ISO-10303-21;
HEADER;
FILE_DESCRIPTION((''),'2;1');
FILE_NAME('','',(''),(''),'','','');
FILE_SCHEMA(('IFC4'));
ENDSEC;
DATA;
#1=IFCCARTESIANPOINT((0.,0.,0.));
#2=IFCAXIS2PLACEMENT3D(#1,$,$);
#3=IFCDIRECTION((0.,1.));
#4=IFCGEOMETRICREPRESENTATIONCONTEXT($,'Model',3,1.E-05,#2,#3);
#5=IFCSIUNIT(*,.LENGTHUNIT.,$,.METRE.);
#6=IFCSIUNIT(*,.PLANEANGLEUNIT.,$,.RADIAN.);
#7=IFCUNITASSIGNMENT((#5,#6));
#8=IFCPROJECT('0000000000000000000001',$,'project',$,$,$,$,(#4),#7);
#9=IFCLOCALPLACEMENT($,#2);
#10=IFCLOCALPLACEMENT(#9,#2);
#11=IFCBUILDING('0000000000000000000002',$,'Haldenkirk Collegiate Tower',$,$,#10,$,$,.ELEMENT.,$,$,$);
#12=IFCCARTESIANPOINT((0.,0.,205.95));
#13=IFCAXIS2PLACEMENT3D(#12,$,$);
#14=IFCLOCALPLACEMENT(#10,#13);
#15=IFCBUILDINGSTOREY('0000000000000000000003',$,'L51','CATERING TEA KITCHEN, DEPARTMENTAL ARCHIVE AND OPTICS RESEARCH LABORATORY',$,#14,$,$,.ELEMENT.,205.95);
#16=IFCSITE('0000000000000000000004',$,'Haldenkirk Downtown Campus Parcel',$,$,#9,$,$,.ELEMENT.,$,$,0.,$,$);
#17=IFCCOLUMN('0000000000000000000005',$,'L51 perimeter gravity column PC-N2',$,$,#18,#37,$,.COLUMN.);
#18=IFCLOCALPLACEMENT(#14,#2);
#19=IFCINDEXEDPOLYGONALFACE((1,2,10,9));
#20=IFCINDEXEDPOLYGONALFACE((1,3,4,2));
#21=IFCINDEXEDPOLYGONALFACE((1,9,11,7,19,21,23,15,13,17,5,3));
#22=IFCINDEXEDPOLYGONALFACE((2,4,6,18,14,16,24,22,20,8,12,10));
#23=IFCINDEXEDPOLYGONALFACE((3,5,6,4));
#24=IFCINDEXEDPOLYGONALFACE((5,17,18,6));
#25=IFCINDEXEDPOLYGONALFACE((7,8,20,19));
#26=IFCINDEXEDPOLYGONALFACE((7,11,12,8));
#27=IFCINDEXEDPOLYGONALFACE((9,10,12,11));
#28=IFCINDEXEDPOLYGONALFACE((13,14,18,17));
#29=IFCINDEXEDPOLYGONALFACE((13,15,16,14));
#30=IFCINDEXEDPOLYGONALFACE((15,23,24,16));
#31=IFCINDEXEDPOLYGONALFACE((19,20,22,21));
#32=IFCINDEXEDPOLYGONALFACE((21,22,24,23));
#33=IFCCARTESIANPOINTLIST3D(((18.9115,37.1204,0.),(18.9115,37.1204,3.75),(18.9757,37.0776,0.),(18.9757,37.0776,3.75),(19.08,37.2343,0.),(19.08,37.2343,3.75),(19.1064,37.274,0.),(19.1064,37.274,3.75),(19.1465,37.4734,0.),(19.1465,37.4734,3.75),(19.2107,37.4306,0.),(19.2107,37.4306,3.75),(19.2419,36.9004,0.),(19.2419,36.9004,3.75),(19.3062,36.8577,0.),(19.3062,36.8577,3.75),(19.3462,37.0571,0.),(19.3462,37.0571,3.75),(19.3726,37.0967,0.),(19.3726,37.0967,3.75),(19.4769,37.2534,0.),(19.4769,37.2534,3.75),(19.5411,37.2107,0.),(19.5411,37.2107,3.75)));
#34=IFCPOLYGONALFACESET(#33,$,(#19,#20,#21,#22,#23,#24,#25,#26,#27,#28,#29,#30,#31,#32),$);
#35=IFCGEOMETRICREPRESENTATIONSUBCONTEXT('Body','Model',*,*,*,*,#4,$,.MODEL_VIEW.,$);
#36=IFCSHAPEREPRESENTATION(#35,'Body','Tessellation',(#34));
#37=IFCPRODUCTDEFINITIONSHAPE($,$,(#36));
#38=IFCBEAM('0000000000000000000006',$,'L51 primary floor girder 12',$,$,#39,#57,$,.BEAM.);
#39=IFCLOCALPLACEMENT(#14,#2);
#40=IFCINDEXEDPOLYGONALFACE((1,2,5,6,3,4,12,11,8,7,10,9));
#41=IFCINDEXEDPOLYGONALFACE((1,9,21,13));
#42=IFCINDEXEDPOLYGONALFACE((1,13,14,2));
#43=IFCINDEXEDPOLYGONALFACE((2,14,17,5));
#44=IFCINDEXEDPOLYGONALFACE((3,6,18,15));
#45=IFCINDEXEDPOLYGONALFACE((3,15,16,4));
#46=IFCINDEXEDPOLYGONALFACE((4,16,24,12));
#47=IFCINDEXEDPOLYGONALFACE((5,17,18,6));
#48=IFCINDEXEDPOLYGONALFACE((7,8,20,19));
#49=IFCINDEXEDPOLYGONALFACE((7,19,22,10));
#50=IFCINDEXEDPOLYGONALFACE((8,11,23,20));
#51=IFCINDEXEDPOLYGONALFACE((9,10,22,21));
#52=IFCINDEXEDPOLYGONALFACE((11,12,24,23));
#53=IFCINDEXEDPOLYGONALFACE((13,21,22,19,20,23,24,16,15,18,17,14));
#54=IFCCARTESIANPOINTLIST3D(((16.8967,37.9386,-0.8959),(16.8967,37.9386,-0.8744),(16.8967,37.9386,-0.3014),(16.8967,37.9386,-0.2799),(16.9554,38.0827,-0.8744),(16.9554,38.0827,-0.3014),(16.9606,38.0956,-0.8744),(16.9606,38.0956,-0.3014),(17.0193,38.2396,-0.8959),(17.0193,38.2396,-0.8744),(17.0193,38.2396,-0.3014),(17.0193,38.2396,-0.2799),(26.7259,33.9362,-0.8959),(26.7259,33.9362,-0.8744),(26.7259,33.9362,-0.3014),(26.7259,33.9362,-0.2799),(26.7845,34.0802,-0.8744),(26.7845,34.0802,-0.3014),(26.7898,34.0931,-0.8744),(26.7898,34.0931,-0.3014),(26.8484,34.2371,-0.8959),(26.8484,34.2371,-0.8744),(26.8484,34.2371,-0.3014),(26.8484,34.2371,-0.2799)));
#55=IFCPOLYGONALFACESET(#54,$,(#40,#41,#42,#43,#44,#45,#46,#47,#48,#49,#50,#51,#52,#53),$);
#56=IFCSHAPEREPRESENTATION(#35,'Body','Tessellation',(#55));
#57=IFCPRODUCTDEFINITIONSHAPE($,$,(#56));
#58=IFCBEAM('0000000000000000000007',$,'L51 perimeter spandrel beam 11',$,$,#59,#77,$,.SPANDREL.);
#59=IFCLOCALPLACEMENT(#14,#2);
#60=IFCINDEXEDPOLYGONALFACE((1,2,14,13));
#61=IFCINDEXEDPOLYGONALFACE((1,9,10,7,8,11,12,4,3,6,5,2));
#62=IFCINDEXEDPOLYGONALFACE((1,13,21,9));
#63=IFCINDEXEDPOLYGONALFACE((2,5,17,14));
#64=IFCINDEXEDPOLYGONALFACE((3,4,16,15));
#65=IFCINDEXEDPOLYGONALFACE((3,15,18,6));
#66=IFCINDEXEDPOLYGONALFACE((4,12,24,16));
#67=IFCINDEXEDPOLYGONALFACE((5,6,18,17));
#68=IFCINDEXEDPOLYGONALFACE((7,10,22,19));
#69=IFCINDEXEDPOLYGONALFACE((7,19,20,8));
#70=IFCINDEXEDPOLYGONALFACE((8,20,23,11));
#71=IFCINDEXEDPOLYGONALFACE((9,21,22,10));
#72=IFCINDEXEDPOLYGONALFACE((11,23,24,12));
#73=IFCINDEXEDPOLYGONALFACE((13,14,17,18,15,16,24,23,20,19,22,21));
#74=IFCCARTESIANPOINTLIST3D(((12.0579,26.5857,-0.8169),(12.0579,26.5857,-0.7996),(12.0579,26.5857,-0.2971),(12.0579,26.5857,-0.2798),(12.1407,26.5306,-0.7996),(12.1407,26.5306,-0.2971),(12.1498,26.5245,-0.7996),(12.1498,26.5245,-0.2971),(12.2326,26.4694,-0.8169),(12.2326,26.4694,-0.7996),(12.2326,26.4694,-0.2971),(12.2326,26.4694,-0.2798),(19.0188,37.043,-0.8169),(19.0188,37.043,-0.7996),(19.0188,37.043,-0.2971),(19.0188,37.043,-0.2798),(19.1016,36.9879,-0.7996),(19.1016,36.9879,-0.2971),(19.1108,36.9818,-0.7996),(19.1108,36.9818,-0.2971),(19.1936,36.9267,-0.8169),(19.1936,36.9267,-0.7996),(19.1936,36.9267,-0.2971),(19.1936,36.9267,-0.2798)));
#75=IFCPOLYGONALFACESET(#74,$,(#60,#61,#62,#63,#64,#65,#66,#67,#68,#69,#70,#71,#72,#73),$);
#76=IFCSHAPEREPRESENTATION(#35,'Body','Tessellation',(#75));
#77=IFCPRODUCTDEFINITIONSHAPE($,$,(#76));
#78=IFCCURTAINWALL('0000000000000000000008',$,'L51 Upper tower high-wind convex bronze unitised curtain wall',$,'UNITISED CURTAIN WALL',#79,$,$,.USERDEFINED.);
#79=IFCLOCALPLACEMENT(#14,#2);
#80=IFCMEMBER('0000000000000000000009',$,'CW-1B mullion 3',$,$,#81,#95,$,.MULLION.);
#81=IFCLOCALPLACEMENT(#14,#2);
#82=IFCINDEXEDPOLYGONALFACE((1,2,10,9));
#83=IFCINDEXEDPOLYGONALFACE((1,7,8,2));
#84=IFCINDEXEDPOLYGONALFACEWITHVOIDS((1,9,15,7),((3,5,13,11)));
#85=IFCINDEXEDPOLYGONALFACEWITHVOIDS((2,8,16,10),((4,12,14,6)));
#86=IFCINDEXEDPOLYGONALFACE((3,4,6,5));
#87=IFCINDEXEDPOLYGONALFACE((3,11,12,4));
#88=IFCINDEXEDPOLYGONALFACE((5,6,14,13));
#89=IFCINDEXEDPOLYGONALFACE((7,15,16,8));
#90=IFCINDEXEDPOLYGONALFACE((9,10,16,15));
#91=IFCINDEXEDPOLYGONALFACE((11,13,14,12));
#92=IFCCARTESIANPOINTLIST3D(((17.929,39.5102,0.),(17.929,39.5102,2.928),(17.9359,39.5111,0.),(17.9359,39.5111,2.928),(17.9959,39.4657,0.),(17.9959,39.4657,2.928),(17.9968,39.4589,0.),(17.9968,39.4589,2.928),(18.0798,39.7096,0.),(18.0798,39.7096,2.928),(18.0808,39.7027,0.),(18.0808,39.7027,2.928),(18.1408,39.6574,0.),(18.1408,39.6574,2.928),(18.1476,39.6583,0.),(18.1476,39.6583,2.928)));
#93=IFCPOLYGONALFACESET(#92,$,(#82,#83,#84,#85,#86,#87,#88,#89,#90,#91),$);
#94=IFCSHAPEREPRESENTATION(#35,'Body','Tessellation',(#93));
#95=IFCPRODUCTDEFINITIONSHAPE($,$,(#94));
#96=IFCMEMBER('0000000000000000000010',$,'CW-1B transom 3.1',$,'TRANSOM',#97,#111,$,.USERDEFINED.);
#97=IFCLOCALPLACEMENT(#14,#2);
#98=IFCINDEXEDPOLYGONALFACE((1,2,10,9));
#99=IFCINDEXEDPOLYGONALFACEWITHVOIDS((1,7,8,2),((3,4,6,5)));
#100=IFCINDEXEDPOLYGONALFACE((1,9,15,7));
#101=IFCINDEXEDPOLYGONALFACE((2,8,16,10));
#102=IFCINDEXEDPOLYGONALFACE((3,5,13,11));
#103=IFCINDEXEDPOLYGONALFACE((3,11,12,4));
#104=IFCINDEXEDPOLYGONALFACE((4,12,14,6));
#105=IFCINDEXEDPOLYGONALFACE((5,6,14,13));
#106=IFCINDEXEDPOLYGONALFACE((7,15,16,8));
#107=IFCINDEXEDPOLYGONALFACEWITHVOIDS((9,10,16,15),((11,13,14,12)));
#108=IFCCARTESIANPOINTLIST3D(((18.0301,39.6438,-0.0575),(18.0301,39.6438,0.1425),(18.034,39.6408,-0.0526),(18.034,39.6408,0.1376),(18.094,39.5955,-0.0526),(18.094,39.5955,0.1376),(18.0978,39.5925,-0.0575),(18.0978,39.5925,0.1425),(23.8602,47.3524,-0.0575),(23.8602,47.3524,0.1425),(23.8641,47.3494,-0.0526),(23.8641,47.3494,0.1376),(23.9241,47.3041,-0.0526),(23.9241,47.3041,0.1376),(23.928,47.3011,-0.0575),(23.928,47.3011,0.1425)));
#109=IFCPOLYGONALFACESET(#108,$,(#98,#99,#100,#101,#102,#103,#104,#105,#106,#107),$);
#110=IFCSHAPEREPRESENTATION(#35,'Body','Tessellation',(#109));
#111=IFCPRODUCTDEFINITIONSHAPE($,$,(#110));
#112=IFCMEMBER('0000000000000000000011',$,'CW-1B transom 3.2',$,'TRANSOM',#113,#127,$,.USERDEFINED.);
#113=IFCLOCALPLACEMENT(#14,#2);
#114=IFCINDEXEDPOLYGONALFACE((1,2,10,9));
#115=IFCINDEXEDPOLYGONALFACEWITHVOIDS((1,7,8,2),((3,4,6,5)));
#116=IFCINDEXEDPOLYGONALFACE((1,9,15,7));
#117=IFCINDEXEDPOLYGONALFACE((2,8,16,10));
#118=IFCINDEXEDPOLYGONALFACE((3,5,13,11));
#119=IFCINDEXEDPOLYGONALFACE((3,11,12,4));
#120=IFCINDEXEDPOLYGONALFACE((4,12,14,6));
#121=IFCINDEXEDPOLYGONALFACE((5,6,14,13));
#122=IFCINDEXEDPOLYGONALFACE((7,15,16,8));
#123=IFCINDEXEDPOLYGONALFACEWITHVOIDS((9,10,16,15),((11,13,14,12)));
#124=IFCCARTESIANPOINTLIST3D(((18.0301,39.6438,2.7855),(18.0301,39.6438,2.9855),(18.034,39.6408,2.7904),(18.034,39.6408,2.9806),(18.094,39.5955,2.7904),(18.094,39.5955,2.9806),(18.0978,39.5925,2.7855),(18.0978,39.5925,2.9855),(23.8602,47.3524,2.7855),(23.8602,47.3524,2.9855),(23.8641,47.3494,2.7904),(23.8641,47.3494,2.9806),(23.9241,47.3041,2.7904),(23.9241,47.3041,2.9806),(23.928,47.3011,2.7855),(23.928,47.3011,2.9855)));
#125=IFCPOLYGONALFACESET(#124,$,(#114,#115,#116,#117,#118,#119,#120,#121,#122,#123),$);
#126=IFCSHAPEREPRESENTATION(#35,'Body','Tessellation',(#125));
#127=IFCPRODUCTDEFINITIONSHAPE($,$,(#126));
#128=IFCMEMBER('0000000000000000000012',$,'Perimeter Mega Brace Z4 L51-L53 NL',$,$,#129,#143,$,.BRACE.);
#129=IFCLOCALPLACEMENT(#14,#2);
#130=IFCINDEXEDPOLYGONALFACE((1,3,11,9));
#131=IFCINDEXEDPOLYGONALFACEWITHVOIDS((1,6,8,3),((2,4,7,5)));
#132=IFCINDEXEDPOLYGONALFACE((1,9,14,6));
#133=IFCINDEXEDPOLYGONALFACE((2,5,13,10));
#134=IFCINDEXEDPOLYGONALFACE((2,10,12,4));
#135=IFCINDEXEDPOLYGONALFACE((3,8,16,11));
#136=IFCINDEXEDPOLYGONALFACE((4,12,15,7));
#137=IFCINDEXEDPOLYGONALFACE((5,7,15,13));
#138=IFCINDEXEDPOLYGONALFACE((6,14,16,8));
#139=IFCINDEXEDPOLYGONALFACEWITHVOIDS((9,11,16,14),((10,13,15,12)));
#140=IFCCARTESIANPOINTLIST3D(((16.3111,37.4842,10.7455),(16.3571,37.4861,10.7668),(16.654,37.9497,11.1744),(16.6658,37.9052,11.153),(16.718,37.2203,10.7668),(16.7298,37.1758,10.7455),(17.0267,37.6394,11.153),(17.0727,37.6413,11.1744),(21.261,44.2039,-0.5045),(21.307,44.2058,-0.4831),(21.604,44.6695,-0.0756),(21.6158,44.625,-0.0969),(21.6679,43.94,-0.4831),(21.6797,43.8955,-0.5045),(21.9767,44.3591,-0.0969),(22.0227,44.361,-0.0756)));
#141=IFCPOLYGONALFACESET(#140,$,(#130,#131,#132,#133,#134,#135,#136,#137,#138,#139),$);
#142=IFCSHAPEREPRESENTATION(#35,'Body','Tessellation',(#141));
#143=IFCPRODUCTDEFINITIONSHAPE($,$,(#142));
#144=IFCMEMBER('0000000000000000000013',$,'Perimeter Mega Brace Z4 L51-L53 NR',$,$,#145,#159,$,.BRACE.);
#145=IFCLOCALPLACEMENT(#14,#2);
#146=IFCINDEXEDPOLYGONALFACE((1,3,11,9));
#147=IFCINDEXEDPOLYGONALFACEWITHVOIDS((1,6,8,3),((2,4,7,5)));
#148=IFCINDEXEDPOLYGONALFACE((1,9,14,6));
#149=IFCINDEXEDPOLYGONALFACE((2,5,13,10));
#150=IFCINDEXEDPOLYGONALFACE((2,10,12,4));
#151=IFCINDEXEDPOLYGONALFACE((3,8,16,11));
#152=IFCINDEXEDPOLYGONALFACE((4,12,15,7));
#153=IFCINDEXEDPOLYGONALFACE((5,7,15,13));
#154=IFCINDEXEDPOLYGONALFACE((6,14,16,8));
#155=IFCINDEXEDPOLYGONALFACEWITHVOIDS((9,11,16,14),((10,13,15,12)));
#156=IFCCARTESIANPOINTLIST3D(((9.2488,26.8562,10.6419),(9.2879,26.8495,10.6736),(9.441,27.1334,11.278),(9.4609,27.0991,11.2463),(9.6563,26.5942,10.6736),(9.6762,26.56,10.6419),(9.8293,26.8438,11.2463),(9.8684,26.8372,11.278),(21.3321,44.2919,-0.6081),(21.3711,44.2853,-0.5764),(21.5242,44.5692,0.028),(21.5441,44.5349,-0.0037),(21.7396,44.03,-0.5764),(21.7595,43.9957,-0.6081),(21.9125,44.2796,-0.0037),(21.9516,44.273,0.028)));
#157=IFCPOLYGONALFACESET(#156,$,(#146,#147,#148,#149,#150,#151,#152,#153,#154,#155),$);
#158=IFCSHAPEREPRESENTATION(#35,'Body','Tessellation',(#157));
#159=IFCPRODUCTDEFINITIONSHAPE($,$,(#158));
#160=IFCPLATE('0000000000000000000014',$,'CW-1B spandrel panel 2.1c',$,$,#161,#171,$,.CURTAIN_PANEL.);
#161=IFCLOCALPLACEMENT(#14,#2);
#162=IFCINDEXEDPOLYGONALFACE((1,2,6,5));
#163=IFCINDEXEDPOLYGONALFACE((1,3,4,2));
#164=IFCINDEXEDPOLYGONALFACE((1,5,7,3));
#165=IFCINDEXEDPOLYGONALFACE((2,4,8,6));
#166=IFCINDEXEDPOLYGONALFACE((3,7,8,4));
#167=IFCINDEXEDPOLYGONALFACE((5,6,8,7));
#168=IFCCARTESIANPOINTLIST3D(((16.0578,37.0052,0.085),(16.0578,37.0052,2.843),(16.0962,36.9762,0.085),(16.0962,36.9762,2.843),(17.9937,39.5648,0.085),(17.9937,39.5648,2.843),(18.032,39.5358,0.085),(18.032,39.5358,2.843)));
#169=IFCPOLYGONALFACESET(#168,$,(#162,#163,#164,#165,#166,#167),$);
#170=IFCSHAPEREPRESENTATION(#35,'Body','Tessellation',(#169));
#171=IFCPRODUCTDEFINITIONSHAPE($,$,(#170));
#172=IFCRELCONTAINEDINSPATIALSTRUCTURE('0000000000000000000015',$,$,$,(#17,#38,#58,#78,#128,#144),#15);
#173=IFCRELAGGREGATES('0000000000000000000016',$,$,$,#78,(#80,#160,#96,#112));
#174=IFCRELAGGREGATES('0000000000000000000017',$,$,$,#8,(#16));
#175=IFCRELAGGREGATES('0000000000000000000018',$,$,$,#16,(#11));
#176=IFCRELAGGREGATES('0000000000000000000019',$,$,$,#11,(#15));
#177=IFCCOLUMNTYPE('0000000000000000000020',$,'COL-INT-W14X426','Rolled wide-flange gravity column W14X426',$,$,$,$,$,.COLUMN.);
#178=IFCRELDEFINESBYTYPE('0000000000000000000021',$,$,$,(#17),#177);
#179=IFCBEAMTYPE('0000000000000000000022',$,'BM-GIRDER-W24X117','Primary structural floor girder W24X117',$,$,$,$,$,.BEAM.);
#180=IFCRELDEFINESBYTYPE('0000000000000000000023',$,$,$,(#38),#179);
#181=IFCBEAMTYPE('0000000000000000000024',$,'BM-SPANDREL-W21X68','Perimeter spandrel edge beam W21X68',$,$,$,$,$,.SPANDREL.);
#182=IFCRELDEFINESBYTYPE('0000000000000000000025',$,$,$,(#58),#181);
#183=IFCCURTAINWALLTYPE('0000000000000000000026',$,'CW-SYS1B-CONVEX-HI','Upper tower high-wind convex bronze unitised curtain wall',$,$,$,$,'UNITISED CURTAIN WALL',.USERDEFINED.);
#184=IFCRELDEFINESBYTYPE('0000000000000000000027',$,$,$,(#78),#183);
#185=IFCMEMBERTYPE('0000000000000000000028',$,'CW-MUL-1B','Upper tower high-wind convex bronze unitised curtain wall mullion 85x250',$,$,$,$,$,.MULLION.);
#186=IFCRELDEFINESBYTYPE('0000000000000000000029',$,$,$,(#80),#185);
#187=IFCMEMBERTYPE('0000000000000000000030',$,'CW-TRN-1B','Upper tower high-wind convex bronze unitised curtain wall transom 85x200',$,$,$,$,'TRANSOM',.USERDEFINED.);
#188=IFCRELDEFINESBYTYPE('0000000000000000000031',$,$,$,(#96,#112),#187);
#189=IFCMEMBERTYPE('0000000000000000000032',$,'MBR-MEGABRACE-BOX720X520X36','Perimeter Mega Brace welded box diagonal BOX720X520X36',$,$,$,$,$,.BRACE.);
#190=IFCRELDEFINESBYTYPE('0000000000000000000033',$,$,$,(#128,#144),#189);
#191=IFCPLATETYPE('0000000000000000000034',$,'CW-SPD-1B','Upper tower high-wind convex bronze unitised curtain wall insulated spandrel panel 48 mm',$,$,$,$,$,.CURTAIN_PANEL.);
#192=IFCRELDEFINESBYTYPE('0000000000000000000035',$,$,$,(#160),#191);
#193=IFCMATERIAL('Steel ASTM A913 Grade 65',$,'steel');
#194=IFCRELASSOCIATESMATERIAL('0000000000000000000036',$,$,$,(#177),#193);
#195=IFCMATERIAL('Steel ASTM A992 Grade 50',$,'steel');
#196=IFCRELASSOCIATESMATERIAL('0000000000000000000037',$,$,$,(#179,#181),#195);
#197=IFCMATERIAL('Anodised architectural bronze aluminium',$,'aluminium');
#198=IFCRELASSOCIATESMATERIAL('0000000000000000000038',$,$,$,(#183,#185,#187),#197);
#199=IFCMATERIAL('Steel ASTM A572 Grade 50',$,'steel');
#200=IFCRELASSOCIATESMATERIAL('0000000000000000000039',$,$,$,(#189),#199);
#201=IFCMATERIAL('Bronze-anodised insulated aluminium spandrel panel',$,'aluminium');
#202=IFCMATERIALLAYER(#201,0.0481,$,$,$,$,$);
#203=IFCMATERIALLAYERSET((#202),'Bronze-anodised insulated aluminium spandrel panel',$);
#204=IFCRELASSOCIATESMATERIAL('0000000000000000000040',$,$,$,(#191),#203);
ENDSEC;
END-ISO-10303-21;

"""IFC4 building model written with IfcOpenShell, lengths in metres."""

from ifc_helpers import new_model, si_unit, direction, frame, origin, origin_2d, place, context, subcontext, project, spatial, rectangle, hollow_rectangle, i_section, extrude, source, transform, mapped, material, layer, layer_set, material_profile, profile_set, type_object, element, aggregate, save


model = new_model("IFC4")

# Units and contexts
model_context = context("Model", 3, precision=1e-05, world=origin(), true_north=direction((0.0, 1.0)))
body_context = subcontext(model_context, "Body", "Model", "MODEL_VIEW")
ifc_project = project(units=[si_unit("LENGTHUNIT", "METRE"), si_unit("PLANEANGLEUNIT", "RADIAN")], contexts=[model_context])

# Site, building, storey
site_placement = place(None, origin())
site = spatial("IfcSite", under=ifc_project, at=site_placement, Name="Haldenkirk Downtown Campus Parcel", CompositionType="ELEMENT", RefElevation=0.0)
building_placement = place(site_placement, origin())
building = spatial("IfcBuilding", under=site, at=building_placement, Name="Haldenkirk Collegiate Tower", CompositionType="ELEMENT")
storey_placement = place(building_placement, frame((0.0, 0.0, 205.95)))
storey = spatial("IfcBuildingStorey", under=building, at=storey_placement, Name="L51", Description="CATERING TEA KITCHEN, DEPARTMENTAL ARCHIVE AND OPTICS RESEARCH LABORATORY", CompositionType="ELEMENT", Elevation=205.95)

# Column
ifc_material_1 = material(Name="Steel ASTM A913 Grade 65", Category="steel")
ifc_material_profile_1 = material_profile(ifc_material_1, i_section(OverallWidth=0.4241, OverallDepth=0.4741, WebThickness=0.0476, FlangeThickness=0.0771, at=origin_2d()), Name="W14X426")
ifc_profile_set_1 = profile_set([ifc_material_profile_1], Name="Steel ASTM A913 Grade 65")
column_type = type_object("IfcColumnType", Name="COL-INT-W14X426", Description="Rolled wide-flange gravity column W14X426", PredefinedType="COLUMN", material=ifc_profile_set_1)
column_placement = place(storey_placement, frame((19.2263, 37.1655, 0.0), z_axis=(0.0, 0.0, 1.0), x_axis=(0.554118, 0.832438, 0.0)))
element("IfcColumn", 1, at=column_placement, inside=storey, type_object=column_type, Name="L51 perimeter gravity column PC-N2", PredefinedType="COLUMN", context=body_context, shape_type="SweptSolid", body=[
    extrude(i_section(OverallWidth=0.4241, OverallDepth=0.4741, WebThickness=0.0476, FlangeThickness=0.0771, at=origin_2d()), origin(), (0.0, 0.0, 1.0), 3.75),
])

# Beams
ifc_material_2 = material(Name="Steel ASTM A992 Grade 50", Category="steel")
ifc_material_profile_2 = material_profile(ifc_material_2, i_section(OverallWidth=0.325, OverallDepth=0.616, WebThickness=0.0139, FlangeThickness=0.0215, at=origin_2d()), Name="W24X117")
ifc_profile_set_2 = profile_set([ifc_material_profile_2], Name="Steel ASTM A992 Grade 50")
beam_type_1 = type_object("IfcBeamType", Name="BM-GIRDER-W24X117", Description="Primary structural floor girder W24X117", PredefinedType="BEAM", material=ifc_profile_set_2)
beam_1_placement = place(storey_placement, frame((16.958, 38.0891, -0.5879), z_axis=(0.926158, -0.377135, 0.0), x_axis=(0.377135, 0.926158, 0.0)))
element("IfcBeam", 2, at=beam_1_placement, inside=storey, type_object=beam_type_1, Name="L51 primary floor girder 12", PredefinedType="BEAM", context=body_context, shape_type="SweptSolid", body=[
    extrude(i_section(OverallWidth=0.325, OverallDepth=0.616, WebThickness=0.0139, FlangeThickness=0.0215, at=origin_2d()), origin(), (0.0, 0.0, 1.0), 10.6128),
])
ifc_material_profile_3 = material_profile(ifc_material_2, i_section(OverallWidth=0.21, OverallDepth=0.5371, WebThickness=0.011, FlangeThickness=0.0173, at=origin_2d()), Name="W21X68")
ifc_profile_set_3 = profile_set([ifc_material_profile_3], Name="Steel ASTM A992 Grade 50")
beam_type_2 = type_object("IfcBeamType", Name="BM-SPANDREL-W21X68", Description="Perimeter spandrel edge beam W21X68", PredefinedType="SPANDREL", material=ifc_profile_set_3)
beam_2_placement = place(storey_placement, frame((19.1062, 36.9849, -0.5483), z_axis=(-0.554117, -0.832439, 0.0), x_axis=(0.832439, -0.554117, 0.0)))
element("IfcBeam", 3, at=beam_2_placement, inside=storey, type_object=beam_type_2, Name="L51 perimeter spandrel beam 11", PredefinedType="SPANDREL", context=body_context, shape_type="SweptSolid", body=[
    extrude(i_section(OverallWidth=0.21, OverallDepth=0.5371, WebThickness=0.011, FlangeThickness=0.0173, at=origin_2d()), origin(), (0.0, 0.0, 1.0), 12.5623),
])

# Curtain wall, members
ifc_material_3 = material(Name="Anodised architectural bronze aluminium", Category="aluminium")
curtain_wall_type = type_object("IfcCurtainWallType", Name="CW-SYS1B-CONVEX-HI", Description="Upper tower high-wind convex bronze unitised curtain wall", ElementType="UNITISED CURTAIN WALL", PredefinedType="USERDEFINED", material=ifc_material_3)
curtain_wall_placement = place(storey_placement, origin())
curtain_wall = element("IfcCurtainWall", 4, at=curtain_wall_placement, inside=storey, type_object=curtain_wall_type, Name="L51 Upper tower high-wind convex bronze unitised curtain wall", ObjectType="UNITISED CURTAIN WALL", PredefinedType="USERDEFINED")
ifc_material_profile_4 = material_profile(ifc_material_3, hollow_rectangle(XDim=0.085, YDim=0.25, WallThickness=0.0049, at=origin_2d()), Name="CW-MUL-1B")
ifc_profile_set_4 = profile_set([ifc_material_profile_4], Name="Anodised architectural bronze aluminium")
member_type_1 = type_object("IfcMemberType", Name="CW-MUL-1B", Description="Upper tower high-wind convex bronze unitised curtain wall mullion 85x250", PredefinedType="MULLION", material=ifc_profile_set_4)
member_1_placement = place(storey_placement, frame((18.0383, 39.5842, 0.0), z_axis=(0.0, 0.0, 1.0), x_axis=(-0.797584, 0.603207, 0.0)))
member_1 = element("IfcMember", 5, at=member_1_placement, type_object=member_type_1, Name="CW-1B mullion 3", PredefinedType="MULLION", context=body_context, shape_type="SweptSolid", body=[
    extrude(hollow_rectangle(XDim=0.085, YDim=0.25, WallThickness=0.0049, at=origin_2d()), origin(), (0.0, 0.0, 1.0), 2.928),
])
ifc_material_profile_5 = material_profile(ifc_material_3, hollow_rectangle(XDim=0.085, YDim=0.2, WallThickness=0.0049, at=origin_2d()), Name="CW-TRN-1B")
ifc_profile_set_5 = profile_set([ifc_material_profile_5], Name="Anodised architectural bronze aluminium")
member_type_2 = type_object("IfcMemberType", Name="CW-TRN-1B", Description="Upper tower high-wind convex bronze unitised curtain wall transom 85x200", ElementType="TRANSOM", PredefinedType="USERDEFINED", material=ifc_profile_set_5)
member_2_placement = place(storey_placement, frame((18.064, 39.6182, 0.0425), z_axis=(0.60322, 0.797575, 0.0), x_axis=(-0.797575, 0.60322, 0.0)))
member_2 = element("IfcMember", 6, at=member_2_placement, type_object=member_type_2, Name="CW-1B transom 3.1", ObjectType="TRANSOM", PredefinedType="USERDEFINED", context=body_context, shape_type="SweptSolid", body=[
    extrude(hollow_rectangle(XDim=0.085, YDim=0.2, WallThickness=0.0049, at=origin_2d()), origin(), (0.0, 0.0, 1.0), 9.665),
])
member_3_placement = place(storey_placement, frame((18.064, 39.6182, 2.8855), z_axis=(0.60322, 0.797575, 0.0), x_axis=(-0.797575, 0.60322, 0.0)))
member_3 = element("IfcMember", 7, at=member_3_placement, type_object=member_type_2, Name="CW-1B transom 3.2", ObjectType="TRANSOM", PredefinedType="USERDEFINED", context=body_context, shape_type="SweptSolid", body=[
    extrude(hollow_rectangle(XDim=0.085, YDim=0.2, WallThickness=0.0049, at=origin_2d()), origin(), (0.0, 0.0, 1.0), 9.665),
])

# Members
ifc_material_4 = material(Name="Steel ASTM A572 Grade 50", Category="steel")
ifc_material_profile_6 = material_profile(ifc_material_4, hollow_rectangle(XDim=0.52, YDim=0.72, WallThickness=0.0359, at=origin_2d()), Name="BOX720X520X36")
ifc_profile_set_6 = profile_set([ifc_material_profile_6], Name="Steel ASTM A572 Grade 50")
member_type_3 = type_object("IfcMemberType", Name="MBR-MEGABRACE-BOX720X520X36", Description="Perimeter Mega Brace welded box diagonal BOX720X520X36", PredefinedType="BRACE", material=ifc_profile_set_6)
member_4_placement = place(storey_placement, frame((21.6418, 44.2825, -0.29), z_axis=(-0.35337, -0.479712, 0.803122), x_axis=(0.805137, -0.593088, 0.0)))
element("IfcMember", 8, at=member_4_placement, inside=storey, type_object=member_type_3, Name="Perimeter Mega Brace Z4 L51-L53 NL", PredefinedType="BRACE", context=body_context, shape_type="SweptSolid", body=[
    extrude(hollow_rectangle(XDim=0.52, YDim=0.72, WallThickness=0.0359, at=origin_2d()), origin(), (0.0, 0.0, 1.0), 14.0078),
])
member_5_placement = place(storey_placement, frame((21.6418, 44.2825, -0.29), z_axis=(-0.503218, -0.726129, 0.468516), x_axis=(0.82192, -0.569603, 0.0)))
element("IfcMember", 9, at=member_5_placement, inside=storey, type_object=member_type_3, Name="Perimeter Mega Brace Z4 L51-L53 NR", PredefinedType="BRACE", context=body_context, shape_type="SweptSolid", body=[
    extrude(hollow_rectangle(XDim=0.52, YDim=0.72, WallThickness=0.0359, at=origin_2d()), origin(), (0.0, 0.0, 1.0), 24.012),
])

# Plate
ifc_material_5 = material(Name="Bronze-anodised insulated aluminium spandrel panel", Category="aluminium")
ifc_layer_1 = layer(ifc_material_5, 0.0481)
ifc_layer_set_1 = layer_set([ifc_layer_1], Name="Bronze-anodised insulated aluminium spandrel panel")
plate_type_1 = type_object("IfcPlateType", Name="CW-SPD-1B", Description="Upper tower high-wind convex bronze unitised curtain wall insulated spandrel panel 48 mm", PredefinedType="CURTAIN_PANEL", material=ifc_layer_set_1)
shared_shape_1 = source(origin(), body_context, "Body", "SweptSolid", [
    extrude(rectangle(XDim=3.2092, YDim=0.0481, at=origin_2d()), origin(), (0.0, 0.0, 1.0), 2.7581),
])
plate_1_placement = place(storey_placement, frame((17.0449, 38.2705, 0.085), z_axis=(0.0, 0.0, 1.0), x_axis=(0.603207, 0.797584, 0.0)))
plate_1 = element("IfcPlate", 10, at=plate_1_placement, type_object=plate_type_1, Name="CW-1B spandrel panel 2.1c", PredefinedType="CURTAIN_PANEL", context=body_context, shape_type="MappedRepresentation", body=[
    mapped(shared_shape_1, transform((0.0, 0.0, 0.0), x_axis=(1.0, 0.0, 0.0), y_axis=(0.0, 1.0, 0.0), z_axis=(0.0, 0.0, 1.0), scale=1.0)),
])
aggregate(curtain_wall, [member_1, plate_1, member_2, member_3])

save(model, "model.ifc")
